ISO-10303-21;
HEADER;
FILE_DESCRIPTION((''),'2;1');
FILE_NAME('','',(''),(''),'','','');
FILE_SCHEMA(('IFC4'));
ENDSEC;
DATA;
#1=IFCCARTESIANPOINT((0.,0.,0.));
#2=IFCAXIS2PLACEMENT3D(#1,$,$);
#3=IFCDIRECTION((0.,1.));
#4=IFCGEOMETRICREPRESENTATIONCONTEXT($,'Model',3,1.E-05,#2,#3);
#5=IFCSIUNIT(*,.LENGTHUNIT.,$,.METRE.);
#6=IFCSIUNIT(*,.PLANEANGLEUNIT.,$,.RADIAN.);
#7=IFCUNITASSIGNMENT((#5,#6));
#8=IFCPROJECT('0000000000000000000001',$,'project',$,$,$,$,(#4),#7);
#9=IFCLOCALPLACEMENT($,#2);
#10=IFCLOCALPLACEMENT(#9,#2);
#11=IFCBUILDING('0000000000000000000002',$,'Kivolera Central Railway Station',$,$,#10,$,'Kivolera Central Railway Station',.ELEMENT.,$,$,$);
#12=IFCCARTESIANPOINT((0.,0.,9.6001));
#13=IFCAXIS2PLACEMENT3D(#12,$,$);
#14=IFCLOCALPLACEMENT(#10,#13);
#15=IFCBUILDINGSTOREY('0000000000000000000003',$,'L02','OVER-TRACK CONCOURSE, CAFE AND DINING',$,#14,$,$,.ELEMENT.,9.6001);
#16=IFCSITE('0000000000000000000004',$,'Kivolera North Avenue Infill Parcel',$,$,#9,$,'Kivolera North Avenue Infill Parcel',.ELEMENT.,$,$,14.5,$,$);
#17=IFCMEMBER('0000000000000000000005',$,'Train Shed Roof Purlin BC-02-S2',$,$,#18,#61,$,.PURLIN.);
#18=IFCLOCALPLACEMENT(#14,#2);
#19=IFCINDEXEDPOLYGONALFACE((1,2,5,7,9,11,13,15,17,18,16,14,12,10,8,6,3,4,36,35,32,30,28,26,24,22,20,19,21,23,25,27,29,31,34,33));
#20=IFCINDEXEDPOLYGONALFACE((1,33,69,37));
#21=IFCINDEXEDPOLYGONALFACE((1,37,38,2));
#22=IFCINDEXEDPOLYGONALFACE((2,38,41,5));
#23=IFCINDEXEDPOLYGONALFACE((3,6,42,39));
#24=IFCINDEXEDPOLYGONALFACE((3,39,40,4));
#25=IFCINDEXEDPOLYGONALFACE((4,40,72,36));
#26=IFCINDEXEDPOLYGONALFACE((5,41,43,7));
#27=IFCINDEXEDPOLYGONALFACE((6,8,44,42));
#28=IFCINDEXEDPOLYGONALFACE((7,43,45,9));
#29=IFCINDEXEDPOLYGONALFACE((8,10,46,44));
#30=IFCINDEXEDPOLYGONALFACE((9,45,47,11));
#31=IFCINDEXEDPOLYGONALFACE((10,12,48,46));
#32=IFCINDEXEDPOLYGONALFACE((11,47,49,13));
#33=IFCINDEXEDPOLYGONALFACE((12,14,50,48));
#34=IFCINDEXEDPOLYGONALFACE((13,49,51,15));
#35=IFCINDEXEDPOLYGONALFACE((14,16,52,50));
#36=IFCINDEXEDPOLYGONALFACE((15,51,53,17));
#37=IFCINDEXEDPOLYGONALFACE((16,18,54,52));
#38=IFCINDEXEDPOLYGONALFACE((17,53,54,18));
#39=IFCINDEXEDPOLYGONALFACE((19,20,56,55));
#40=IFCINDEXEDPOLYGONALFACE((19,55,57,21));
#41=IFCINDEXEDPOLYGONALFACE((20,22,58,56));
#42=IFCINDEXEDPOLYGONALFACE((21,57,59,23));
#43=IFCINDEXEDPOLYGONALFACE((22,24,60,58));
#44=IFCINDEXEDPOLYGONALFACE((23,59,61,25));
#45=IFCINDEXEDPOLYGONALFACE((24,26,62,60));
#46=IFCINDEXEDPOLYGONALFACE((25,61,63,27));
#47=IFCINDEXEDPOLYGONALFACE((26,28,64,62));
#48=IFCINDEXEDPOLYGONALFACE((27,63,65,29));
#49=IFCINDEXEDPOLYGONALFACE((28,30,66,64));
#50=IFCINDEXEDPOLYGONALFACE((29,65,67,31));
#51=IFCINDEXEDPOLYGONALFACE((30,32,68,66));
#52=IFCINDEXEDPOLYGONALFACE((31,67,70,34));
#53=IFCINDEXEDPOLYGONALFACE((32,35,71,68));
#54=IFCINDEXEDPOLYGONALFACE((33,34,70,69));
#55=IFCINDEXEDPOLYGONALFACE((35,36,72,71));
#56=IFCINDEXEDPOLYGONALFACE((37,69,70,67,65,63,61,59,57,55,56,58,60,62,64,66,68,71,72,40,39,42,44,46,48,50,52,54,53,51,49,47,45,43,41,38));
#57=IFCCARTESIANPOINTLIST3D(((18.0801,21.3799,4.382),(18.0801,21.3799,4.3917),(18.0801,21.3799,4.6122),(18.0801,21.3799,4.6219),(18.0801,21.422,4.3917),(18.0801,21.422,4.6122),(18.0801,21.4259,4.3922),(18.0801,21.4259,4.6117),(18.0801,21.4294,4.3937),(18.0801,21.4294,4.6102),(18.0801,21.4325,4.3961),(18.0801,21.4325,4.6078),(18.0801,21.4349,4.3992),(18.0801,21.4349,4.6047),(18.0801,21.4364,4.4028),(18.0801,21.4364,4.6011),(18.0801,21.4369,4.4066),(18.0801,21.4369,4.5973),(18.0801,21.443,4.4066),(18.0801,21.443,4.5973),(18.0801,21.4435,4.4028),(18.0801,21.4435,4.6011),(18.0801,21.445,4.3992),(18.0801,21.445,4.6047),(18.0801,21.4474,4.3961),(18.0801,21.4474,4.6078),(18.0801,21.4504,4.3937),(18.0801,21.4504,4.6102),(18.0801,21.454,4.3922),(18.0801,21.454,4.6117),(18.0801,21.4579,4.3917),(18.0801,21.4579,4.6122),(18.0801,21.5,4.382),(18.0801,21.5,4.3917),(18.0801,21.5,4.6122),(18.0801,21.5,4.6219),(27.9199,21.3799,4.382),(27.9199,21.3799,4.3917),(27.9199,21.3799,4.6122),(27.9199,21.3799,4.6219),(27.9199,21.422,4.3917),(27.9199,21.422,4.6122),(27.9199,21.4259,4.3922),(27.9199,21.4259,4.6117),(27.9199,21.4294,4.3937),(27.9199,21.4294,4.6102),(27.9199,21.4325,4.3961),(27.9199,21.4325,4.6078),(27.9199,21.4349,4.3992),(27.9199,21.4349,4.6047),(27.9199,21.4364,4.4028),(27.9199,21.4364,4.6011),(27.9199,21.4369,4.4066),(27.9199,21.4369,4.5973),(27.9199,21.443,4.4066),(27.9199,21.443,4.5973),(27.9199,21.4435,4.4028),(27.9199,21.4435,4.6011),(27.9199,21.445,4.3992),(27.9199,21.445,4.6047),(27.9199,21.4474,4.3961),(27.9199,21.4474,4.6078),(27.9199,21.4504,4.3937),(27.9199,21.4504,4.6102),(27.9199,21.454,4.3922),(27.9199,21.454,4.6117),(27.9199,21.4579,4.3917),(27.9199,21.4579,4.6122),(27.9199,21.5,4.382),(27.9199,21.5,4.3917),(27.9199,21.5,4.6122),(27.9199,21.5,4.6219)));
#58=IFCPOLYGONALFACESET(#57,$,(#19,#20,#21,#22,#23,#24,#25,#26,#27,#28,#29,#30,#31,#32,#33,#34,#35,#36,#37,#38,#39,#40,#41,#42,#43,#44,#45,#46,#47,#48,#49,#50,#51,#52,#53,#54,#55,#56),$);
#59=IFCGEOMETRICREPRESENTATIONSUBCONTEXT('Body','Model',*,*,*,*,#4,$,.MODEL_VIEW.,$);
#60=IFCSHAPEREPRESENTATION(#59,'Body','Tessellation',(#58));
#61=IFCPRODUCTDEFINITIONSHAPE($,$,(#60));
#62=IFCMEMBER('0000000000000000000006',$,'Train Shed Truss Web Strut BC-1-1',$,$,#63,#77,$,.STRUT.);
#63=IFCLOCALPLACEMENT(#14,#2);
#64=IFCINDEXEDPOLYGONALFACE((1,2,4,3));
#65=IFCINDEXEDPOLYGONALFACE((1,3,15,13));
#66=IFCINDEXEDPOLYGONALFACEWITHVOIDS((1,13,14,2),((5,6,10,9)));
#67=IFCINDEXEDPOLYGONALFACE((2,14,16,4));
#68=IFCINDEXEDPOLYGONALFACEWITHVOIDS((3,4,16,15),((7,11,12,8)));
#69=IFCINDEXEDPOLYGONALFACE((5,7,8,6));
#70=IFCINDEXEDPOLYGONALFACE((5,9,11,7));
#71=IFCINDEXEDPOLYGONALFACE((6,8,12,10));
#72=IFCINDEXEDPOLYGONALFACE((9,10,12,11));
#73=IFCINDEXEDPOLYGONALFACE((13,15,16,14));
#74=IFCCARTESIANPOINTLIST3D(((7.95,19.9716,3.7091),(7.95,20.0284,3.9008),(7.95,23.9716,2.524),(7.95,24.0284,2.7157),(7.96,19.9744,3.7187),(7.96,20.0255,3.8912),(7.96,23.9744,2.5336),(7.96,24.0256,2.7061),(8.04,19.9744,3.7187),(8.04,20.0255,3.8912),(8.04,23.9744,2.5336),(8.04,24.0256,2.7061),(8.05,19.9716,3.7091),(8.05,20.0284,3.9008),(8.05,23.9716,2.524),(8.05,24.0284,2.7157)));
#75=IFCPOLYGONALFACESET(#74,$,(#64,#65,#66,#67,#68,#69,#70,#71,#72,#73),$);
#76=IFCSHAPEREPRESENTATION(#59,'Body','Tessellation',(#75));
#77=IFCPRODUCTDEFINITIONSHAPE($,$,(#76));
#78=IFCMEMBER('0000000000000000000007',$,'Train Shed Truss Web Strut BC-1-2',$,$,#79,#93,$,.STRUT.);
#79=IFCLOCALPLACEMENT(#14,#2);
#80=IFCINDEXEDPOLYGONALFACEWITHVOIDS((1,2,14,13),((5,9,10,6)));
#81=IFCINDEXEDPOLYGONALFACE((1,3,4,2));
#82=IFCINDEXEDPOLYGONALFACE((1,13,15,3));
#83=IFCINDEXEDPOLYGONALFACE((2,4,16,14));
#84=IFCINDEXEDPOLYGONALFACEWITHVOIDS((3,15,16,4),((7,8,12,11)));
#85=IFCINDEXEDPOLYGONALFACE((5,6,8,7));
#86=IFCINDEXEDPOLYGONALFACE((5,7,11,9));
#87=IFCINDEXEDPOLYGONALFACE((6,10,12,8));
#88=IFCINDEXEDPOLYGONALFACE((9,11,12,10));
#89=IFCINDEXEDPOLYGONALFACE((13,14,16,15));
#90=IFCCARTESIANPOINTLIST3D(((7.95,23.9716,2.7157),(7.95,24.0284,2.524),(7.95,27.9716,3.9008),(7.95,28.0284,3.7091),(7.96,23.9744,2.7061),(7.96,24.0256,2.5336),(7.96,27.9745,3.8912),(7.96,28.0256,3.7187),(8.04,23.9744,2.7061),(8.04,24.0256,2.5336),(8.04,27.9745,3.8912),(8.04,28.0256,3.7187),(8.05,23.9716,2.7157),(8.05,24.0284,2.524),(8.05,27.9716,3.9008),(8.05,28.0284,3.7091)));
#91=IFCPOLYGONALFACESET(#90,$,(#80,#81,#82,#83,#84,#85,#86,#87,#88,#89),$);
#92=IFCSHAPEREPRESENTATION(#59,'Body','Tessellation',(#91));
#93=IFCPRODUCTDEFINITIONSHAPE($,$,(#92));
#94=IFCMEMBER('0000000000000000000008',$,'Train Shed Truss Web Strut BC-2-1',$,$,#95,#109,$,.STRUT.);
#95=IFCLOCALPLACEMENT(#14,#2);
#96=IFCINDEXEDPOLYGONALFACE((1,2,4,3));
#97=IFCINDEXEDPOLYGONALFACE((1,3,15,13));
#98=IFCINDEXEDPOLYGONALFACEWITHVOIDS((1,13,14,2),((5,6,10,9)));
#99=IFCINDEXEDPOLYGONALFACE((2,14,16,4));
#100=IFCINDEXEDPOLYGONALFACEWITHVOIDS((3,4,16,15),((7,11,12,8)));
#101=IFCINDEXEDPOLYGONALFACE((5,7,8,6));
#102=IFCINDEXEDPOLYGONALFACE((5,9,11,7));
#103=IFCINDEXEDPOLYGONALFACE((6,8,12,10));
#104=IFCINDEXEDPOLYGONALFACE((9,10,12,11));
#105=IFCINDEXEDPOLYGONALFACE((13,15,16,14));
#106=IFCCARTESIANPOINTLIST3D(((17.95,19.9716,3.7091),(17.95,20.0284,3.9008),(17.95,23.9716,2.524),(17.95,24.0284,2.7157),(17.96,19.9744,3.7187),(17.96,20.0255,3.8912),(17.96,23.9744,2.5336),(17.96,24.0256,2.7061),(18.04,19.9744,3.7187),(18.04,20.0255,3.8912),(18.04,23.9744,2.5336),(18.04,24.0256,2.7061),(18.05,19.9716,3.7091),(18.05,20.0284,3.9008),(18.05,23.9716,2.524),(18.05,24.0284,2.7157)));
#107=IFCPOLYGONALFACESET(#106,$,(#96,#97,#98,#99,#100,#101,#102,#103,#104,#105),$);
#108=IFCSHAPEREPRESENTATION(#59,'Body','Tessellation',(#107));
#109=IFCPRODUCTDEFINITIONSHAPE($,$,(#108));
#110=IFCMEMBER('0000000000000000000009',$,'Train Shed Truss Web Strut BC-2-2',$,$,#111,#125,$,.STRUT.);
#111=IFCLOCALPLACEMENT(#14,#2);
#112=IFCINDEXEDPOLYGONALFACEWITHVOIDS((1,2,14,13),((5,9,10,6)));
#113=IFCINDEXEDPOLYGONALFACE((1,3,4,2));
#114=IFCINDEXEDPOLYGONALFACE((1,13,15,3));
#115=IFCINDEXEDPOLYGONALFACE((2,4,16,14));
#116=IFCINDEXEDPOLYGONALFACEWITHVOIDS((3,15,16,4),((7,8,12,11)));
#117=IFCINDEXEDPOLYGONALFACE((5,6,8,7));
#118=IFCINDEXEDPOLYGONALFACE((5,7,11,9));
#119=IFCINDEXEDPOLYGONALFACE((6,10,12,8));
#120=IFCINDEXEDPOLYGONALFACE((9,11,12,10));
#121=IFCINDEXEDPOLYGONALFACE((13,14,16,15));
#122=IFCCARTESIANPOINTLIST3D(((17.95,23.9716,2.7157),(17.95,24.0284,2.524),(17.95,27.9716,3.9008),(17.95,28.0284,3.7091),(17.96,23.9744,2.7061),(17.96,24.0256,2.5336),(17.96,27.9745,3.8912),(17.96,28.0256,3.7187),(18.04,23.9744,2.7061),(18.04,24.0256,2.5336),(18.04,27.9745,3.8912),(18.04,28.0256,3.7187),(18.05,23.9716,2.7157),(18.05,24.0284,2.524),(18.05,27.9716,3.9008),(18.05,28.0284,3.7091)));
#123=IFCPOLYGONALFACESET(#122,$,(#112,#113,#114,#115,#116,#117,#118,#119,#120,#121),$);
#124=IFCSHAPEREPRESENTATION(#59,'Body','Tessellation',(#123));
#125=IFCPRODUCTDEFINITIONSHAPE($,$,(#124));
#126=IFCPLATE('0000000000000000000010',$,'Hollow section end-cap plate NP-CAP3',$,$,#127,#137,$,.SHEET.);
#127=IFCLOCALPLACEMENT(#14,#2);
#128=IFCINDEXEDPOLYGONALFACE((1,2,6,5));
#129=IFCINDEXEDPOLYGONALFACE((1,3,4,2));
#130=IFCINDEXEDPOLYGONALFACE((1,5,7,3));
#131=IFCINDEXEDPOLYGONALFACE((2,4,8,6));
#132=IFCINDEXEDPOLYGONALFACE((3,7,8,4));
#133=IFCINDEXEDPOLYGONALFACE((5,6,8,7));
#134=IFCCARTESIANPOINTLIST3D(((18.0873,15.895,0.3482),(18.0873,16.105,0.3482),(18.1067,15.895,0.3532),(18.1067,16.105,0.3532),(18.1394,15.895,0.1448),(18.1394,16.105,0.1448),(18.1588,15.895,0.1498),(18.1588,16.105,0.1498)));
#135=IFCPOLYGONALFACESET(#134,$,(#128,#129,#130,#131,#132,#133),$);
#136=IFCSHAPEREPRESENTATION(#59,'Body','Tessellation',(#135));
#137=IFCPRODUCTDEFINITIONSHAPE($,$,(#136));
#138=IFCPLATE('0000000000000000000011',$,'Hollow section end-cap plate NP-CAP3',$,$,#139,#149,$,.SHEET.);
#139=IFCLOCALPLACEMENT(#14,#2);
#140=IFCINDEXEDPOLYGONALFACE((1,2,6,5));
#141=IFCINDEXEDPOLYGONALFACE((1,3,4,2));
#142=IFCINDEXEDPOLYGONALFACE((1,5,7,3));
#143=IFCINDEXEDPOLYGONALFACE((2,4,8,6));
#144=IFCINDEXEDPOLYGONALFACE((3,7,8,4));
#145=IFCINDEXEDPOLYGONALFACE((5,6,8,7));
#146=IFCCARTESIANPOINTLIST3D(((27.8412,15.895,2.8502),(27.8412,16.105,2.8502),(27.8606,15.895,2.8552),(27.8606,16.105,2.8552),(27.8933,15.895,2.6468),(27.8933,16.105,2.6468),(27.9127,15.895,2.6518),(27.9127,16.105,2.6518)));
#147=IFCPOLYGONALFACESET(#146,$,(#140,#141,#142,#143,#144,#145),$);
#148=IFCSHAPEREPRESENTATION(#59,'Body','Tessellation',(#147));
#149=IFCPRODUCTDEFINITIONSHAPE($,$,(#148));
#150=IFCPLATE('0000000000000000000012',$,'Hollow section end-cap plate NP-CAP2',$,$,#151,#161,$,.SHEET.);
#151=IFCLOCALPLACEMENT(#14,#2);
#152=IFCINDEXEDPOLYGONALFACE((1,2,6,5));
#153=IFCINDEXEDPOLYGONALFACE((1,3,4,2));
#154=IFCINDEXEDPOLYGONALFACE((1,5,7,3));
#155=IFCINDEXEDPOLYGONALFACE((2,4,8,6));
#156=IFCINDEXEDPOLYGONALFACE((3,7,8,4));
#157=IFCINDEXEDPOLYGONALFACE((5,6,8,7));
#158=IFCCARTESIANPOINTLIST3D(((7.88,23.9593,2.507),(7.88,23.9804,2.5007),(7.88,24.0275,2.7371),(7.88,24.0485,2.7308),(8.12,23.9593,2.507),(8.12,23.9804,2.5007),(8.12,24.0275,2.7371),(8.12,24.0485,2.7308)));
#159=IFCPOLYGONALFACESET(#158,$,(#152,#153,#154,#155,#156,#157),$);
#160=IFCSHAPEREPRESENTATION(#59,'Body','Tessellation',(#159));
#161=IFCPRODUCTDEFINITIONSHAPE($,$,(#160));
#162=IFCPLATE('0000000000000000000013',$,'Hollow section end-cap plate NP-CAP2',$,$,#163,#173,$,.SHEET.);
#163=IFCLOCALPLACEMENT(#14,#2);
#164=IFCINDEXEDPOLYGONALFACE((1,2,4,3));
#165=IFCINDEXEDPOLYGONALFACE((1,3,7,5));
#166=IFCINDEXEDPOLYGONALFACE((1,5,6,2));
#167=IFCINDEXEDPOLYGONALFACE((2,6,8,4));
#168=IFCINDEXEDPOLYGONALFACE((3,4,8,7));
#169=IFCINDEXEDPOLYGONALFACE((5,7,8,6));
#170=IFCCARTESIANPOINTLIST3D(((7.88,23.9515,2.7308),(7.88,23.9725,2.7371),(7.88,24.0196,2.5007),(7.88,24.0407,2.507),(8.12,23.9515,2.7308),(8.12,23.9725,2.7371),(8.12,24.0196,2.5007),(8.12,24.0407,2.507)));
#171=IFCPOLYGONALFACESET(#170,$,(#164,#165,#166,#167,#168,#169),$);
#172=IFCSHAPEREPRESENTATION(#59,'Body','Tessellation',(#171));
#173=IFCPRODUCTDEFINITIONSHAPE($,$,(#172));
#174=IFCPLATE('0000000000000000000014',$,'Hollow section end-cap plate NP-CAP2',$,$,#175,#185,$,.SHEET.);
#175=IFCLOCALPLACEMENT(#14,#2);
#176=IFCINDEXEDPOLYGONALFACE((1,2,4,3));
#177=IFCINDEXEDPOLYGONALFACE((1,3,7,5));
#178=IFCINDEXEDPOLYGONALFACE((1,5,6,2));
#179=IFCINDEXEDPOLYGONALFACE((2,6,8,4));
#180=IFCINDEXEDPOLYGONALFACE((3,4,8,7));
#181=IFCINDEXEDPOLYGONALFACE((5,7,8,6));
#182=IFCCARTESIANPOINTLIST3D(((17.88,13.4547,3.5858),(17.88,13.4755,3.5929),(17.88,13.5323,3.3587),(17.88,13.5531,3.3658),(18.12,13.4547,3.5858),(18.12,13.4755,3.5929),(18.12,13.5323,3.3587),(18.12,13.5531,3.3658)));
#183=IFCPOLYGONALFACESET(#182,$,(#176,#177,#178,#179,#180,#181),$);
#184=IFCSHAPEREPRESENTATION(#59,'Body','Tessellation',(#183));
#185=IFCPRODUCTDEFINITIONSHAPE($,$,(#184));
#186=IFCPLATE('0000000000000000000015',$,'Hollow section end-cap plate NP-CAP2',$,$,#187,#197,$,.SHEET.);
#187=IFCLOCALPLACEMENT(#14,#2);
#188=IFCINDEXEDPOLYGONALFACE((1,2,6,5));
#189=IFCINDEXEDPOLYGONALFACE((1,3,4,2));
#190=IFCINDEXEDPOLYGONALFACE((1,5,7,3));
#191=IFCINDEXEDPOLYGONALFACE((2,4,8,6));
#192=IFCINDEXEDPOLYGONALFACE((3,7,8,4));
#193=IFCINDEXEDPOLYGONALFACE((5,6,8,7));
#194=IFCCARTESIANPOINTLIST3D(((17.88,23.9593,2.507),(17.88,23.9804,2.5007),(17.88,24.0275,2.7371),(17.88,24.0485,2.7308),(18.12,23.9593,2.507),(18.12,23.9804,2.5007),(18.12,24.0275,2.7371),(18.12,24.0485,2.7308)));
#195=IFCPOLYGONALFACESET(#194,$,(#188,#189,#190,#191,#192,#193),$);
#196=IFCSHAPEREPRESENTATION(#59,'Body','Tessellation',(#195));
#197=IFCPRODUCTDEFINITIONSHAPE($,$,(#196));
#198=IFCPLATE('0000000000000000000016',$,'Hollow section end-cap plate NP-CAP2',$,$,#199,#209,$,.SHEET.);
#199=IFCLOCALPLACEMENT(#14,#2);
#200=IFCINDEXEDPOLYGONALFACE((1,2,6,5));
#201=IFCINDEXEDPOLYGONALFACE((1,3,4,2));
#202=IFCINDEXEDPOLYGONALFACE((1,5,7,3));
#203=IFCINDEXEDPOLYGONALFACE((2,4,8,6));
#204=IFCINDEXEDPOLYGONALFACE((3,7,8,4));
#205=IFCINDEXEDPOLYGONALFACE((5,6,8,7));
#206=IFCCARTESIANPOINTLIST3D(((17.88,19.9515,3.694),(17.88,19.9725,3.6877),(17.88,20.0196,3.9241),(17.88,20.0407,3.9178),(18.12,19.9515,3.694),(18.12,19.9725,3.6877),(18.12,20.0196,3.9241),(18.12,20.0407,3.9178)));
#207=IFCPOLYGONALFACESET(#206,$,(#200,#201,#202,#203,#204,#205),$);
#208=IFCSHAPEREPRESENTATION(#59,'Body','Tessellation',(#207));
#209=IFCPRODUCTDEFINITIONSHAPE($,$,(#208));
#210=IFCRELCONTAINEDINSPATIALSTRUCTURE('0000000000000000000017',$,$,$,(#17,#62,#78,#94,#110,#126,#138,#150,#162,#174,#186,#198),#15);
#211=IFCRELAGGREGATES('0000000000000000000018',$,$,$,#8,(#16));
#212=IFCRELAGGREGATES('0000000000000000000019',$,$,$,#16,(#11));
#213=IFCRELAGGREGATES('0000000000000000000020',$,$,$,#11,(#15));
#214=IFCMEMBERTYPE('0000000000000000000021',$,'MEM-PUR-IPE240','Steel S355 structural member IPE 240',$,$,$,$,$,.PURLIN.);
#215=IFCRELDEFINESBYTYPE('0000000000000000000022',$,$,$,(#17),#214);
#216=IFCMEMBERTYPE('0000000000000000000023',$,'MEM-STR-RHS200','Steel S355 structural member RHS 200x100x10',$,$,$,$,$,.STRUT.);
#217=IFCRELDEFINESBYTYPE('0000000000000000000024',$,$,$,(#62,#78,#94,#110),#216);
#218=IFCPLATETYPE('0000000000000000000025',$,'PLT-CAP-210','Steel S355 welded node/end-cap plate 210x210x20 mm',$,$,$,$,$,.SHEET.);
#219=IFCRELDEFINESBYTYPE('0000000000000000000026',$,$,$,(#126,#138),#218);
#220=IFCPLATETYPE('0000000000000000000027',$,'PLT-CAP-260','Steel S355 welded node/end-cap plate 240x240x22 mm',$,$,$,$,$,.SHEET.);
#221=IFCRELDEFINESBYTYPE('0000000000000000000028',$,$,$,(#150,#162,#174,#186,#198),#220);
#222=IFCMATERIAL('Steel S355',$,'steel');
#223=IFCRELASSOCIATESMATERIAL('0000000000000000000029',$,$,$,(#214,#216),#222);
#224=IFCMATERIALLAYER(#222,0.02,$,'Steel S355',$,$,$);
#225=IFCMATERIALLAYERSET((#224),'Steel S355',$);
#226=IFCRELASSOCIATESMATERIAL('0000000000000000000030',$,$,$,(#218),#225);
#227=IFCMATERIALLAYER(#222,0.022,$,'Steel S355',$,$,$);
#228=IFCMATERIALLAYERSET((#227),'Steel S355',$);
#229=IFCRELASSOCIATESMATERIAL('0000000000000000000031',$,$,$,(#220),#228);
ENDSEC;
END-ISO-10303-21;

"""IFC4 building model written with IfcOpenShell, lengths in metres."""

from ifc_helpers import new_model, si_unit, direction, frame, origin, origin_2d, place, context, subcontext, project, spatial, rectangle, hollow_rectangle, i_section, extrude, material, layer, layer_set, material_profile, profile_set, type_object, element, save


model = new_model("IFC4")

# Units and contexts
model_context = context("Model", 3, precision=1e-05, world=origin(), true_north=direction((0.0, 1.0)))
body_context = subcontext(model_context, "Body", "Model", "MODEL_VIEW")
ifc_project = project(units=[si_unit("LENGTHUNIT", "METRE"), si_unit("PLANEANGLEUNIT", "RADIAN")], contexts=[model_context])

# Site, building, storey
site_placement = place(None, origin())
site = spatial("IfcSite", under=ifc_project, at=site_placement, Name="Kivolera North Avenue Infill Parcel", LongName="Kivolera North Avenue Infill Parcel", CompositionType="ELEMENT", RefElevation=14.5)
building_placement = place(site_placement, origin())
building = spatial("IfcBuilding", under=site, at=building_placement, Name="Kivolera Central Railway Station", LongName="Kivolera Central Railway Station", CompositionType="ELEMENT")
storey_placement = place(building_placement, frame((0.0, 0.0, 9.6001)))
storey = spatial("IfcBuildingStorey", under=building, at=storey_placement, Name="L02", Description="OVER-TRACK CONCOURSE, CAFE AND DINING", CompositionType="ELEMENT", Elevation=9.6001)

# Shared definitions
ifc_material_1 = material(Name="Steel S355", Category="steel")

# Members
ifc_material_profile_1 = material_profile(ifc_material_1, i_section(OverallWidth=0.1201, OverallDepth=0.24, WebThickness=0.0061, FlangeThickness=0.0098, FilletRadius=0.0149, at=origin_2d()), Name="IPE 240")
ifc_profile_set_1 = profile_set([ifc_material_profile_1], Name="Steel S355")
member_type_1 = type_object("IfcMemberType", Name="MEM-PUR-IPE240", Description="Steel S355 structural member IPE 240", PredefinedType="PURLIN", material=ifc_profile_set_1)
for number, where, z_axis, x_axis, name in (
    (1, (18.0801, 21.4399, 4.502), (1.0, 0.0, 0.0), (0.0, 1.0, 0.0), "Train Shed Roof Purlin BC-02-S2"),
):
    element("IfcMember", number, at=place(storey_placement, frame(where, z_axis=z_axis, x_axis=x_axis)), inside=storey, type_object=member_type_1, Name=name, PredefinedType="PURLIN", context=body_context, shape_type="SweptSolid", body=[
        extrude(i_section(OverallWidth=0.1201, OverallDepth=0.24, WebThickness=0.0061, FlangeThickness=0.0098, FilletRadius=0.0149, at=origin_2d()), origin(), (0.0, 0.0, 1.0), 9.8398),
    ])
ifc_material_profile_2 = material_profile(ifc_material_1, hollow_rectangle(XDim=0.1001, YDim=0.2, WallThickness=0.01, at=origin_2d()), Name="RHS 200x100x10")
ifc_profile_set_2 = profile_set([ifc_material_profile_2], Name="Steel S355")
member_type_2 = type_object("IfcMemberType", Name="MEM-STR-RHS200", Description="Steel S355 structural member RHS 200x100x10", PredefinedType="STRUT", material=ifc_profile_set_2)
for number, where, z_axis, x_axis, name in (
    (2, (8.0, 24.0, 2.6199), (0.0, -0.958806, 0.28406), (1.0, 0.0, 0.0), "Train Shed Truss Web Strut BC-1-1"),
    (3, (8.0, 24.0, 2.6199), (0.0, 0.958806, 0.28406), (-1.0, 0.0, 0.0), "Train Shed Truss Web Strut BC-1-2"),
    (4, (18.0, 24.0, 2.6199), (0.0, -0.958806, 0.28406), (1.0, 0.0, 0.0), "Train Shed Truss Web Strut BC-2-1"),
    (5, (18.0, 24.0, 2.6199), (0.0, 0.958806, 0.28406), (-1.0, 0.0, 0.0), "Train Shed Truss Web Strut BC-2-2"),
):
    element("IfcMember", number, at=place(storey_placement, frame(where, z_axis=z_axis, x_axis=x_axis)), inside=storey, type_object=member_type_2, Name=name, PredefinedType="STRUT", context=body_context, shape_type="SweptSolid", body=[
        extrude(hollow_rectangle(XDim=0.1001, YDim=0.2, WallThickness=0.01, at=origin_2d()), origin(), (0.0, 0.0, 1.0), 4.1719),
    ])

# Plates
ifc_layer_1 = layer(ifc_material_1, 0.02, Name="Steel S355")
ifc_layer_set_1 = layer_set([ifc_layer_1], Name="Steel S355")
plate_type_1 = type_object("IfcPlateType", Name="PLT-CAP-210", Description="Steel S355 welded node/end-cap plate 210x210x20 mm", PredefinedType="SHEET", material=ifc_layer_set_1)
for number, where, z_axis, x_axis, name in (
    (6, (18.123, 16.0, 0.249), (0.968639, 0.0, 0.248471), (0.0, 1.0, 0.0), "Hollow section end-cap plate NP-CAP3"),
    (7, (27.877, 16.0, 2.751), (0.968639, 0.0, 0.248471), (0.0, 1.0, 0.0), "Hollow section end-cap plate NP-CAP3"),
):
    element("IfcPlate", number, at=place(storey_placement, frame(where, z_axis=z_axis, x_axis=x_axis)), inside=storey, type_object=plate_type_1, Name=name, PredefinedType="SHEET", context=body_context, shape_type="SweptSolid", body=[
        extrude(rectangle(XDim=0.21, YDim=0.21, at=origin_2d()), frame((0.0, 0.0, -0.01)), (0.0, 0.0, 1.0), 0.02),
    ])
ifc_layer_2 = layer(ifc_material_1, 0.022, Name="Steel S355")
ifc_layer_set_2 = layer_set([ifc_layer_2], Name="Steel S355")
plate_type_2 = type_object("IfcPlateType", Name="PLT-CAP-260", Description="Steel S355 welded node/end-cap plate 240x240x22 mm", PredefinedType="SHEET", material=ifc_layer_set_2)
for number, where, z_axis, x_axis, name in (
    (8, (8.0, 24.0039, 2.6189), (0.0, -0.95881, 0.284048), (1.0, 0.0, 0.0), "Hollow section end-cap plate NP-CAP2"),
    (9, (8.0, 23.9961, 2.6189), (0.0, 0.95881, 0.284048), (-1.0, 0.0, 0.0), "Hollow section end-cap plate NP-CAP2"),
    (10, (18.0, 13.5039, 3.4758), (0.0, 0.946194, 0.323599), (-1.0, 0.0, 0.0), "Hollow section end-cap plate NP-CAP2"),
    (11, (18.0, 24.0039, 2.6189), (0.0, -0.95881, 0.284048), (1.0, 0.0, 0.0), "Hollow section end-cap plate NP-CAP2"),
    (12, (18.0, 19.9961, 3.8059), (0.0, -0.95881, 0.284048), (1.0, 0.0, 0.0), "Hollow section end-cap plate NP-CAP2"),
):
    element("IfcPlate", number, at=place(storey_placement, frame(where, z_axis=z_axis, x_axis=x_axis)), inside=storey, type_object=plate_type_2, Name=name, PredefinedType="SHEET", context=body_context, shape_type="SweptSolid", body=[
        extrude(rectangle(XDim=0.24, YDim=0.24, at=origin_2d()), frame((0.0, 0.0, -0.011)), (0.0, 0.0, 1.0), 0.022),
    ])

save(model, "model.ifc")
